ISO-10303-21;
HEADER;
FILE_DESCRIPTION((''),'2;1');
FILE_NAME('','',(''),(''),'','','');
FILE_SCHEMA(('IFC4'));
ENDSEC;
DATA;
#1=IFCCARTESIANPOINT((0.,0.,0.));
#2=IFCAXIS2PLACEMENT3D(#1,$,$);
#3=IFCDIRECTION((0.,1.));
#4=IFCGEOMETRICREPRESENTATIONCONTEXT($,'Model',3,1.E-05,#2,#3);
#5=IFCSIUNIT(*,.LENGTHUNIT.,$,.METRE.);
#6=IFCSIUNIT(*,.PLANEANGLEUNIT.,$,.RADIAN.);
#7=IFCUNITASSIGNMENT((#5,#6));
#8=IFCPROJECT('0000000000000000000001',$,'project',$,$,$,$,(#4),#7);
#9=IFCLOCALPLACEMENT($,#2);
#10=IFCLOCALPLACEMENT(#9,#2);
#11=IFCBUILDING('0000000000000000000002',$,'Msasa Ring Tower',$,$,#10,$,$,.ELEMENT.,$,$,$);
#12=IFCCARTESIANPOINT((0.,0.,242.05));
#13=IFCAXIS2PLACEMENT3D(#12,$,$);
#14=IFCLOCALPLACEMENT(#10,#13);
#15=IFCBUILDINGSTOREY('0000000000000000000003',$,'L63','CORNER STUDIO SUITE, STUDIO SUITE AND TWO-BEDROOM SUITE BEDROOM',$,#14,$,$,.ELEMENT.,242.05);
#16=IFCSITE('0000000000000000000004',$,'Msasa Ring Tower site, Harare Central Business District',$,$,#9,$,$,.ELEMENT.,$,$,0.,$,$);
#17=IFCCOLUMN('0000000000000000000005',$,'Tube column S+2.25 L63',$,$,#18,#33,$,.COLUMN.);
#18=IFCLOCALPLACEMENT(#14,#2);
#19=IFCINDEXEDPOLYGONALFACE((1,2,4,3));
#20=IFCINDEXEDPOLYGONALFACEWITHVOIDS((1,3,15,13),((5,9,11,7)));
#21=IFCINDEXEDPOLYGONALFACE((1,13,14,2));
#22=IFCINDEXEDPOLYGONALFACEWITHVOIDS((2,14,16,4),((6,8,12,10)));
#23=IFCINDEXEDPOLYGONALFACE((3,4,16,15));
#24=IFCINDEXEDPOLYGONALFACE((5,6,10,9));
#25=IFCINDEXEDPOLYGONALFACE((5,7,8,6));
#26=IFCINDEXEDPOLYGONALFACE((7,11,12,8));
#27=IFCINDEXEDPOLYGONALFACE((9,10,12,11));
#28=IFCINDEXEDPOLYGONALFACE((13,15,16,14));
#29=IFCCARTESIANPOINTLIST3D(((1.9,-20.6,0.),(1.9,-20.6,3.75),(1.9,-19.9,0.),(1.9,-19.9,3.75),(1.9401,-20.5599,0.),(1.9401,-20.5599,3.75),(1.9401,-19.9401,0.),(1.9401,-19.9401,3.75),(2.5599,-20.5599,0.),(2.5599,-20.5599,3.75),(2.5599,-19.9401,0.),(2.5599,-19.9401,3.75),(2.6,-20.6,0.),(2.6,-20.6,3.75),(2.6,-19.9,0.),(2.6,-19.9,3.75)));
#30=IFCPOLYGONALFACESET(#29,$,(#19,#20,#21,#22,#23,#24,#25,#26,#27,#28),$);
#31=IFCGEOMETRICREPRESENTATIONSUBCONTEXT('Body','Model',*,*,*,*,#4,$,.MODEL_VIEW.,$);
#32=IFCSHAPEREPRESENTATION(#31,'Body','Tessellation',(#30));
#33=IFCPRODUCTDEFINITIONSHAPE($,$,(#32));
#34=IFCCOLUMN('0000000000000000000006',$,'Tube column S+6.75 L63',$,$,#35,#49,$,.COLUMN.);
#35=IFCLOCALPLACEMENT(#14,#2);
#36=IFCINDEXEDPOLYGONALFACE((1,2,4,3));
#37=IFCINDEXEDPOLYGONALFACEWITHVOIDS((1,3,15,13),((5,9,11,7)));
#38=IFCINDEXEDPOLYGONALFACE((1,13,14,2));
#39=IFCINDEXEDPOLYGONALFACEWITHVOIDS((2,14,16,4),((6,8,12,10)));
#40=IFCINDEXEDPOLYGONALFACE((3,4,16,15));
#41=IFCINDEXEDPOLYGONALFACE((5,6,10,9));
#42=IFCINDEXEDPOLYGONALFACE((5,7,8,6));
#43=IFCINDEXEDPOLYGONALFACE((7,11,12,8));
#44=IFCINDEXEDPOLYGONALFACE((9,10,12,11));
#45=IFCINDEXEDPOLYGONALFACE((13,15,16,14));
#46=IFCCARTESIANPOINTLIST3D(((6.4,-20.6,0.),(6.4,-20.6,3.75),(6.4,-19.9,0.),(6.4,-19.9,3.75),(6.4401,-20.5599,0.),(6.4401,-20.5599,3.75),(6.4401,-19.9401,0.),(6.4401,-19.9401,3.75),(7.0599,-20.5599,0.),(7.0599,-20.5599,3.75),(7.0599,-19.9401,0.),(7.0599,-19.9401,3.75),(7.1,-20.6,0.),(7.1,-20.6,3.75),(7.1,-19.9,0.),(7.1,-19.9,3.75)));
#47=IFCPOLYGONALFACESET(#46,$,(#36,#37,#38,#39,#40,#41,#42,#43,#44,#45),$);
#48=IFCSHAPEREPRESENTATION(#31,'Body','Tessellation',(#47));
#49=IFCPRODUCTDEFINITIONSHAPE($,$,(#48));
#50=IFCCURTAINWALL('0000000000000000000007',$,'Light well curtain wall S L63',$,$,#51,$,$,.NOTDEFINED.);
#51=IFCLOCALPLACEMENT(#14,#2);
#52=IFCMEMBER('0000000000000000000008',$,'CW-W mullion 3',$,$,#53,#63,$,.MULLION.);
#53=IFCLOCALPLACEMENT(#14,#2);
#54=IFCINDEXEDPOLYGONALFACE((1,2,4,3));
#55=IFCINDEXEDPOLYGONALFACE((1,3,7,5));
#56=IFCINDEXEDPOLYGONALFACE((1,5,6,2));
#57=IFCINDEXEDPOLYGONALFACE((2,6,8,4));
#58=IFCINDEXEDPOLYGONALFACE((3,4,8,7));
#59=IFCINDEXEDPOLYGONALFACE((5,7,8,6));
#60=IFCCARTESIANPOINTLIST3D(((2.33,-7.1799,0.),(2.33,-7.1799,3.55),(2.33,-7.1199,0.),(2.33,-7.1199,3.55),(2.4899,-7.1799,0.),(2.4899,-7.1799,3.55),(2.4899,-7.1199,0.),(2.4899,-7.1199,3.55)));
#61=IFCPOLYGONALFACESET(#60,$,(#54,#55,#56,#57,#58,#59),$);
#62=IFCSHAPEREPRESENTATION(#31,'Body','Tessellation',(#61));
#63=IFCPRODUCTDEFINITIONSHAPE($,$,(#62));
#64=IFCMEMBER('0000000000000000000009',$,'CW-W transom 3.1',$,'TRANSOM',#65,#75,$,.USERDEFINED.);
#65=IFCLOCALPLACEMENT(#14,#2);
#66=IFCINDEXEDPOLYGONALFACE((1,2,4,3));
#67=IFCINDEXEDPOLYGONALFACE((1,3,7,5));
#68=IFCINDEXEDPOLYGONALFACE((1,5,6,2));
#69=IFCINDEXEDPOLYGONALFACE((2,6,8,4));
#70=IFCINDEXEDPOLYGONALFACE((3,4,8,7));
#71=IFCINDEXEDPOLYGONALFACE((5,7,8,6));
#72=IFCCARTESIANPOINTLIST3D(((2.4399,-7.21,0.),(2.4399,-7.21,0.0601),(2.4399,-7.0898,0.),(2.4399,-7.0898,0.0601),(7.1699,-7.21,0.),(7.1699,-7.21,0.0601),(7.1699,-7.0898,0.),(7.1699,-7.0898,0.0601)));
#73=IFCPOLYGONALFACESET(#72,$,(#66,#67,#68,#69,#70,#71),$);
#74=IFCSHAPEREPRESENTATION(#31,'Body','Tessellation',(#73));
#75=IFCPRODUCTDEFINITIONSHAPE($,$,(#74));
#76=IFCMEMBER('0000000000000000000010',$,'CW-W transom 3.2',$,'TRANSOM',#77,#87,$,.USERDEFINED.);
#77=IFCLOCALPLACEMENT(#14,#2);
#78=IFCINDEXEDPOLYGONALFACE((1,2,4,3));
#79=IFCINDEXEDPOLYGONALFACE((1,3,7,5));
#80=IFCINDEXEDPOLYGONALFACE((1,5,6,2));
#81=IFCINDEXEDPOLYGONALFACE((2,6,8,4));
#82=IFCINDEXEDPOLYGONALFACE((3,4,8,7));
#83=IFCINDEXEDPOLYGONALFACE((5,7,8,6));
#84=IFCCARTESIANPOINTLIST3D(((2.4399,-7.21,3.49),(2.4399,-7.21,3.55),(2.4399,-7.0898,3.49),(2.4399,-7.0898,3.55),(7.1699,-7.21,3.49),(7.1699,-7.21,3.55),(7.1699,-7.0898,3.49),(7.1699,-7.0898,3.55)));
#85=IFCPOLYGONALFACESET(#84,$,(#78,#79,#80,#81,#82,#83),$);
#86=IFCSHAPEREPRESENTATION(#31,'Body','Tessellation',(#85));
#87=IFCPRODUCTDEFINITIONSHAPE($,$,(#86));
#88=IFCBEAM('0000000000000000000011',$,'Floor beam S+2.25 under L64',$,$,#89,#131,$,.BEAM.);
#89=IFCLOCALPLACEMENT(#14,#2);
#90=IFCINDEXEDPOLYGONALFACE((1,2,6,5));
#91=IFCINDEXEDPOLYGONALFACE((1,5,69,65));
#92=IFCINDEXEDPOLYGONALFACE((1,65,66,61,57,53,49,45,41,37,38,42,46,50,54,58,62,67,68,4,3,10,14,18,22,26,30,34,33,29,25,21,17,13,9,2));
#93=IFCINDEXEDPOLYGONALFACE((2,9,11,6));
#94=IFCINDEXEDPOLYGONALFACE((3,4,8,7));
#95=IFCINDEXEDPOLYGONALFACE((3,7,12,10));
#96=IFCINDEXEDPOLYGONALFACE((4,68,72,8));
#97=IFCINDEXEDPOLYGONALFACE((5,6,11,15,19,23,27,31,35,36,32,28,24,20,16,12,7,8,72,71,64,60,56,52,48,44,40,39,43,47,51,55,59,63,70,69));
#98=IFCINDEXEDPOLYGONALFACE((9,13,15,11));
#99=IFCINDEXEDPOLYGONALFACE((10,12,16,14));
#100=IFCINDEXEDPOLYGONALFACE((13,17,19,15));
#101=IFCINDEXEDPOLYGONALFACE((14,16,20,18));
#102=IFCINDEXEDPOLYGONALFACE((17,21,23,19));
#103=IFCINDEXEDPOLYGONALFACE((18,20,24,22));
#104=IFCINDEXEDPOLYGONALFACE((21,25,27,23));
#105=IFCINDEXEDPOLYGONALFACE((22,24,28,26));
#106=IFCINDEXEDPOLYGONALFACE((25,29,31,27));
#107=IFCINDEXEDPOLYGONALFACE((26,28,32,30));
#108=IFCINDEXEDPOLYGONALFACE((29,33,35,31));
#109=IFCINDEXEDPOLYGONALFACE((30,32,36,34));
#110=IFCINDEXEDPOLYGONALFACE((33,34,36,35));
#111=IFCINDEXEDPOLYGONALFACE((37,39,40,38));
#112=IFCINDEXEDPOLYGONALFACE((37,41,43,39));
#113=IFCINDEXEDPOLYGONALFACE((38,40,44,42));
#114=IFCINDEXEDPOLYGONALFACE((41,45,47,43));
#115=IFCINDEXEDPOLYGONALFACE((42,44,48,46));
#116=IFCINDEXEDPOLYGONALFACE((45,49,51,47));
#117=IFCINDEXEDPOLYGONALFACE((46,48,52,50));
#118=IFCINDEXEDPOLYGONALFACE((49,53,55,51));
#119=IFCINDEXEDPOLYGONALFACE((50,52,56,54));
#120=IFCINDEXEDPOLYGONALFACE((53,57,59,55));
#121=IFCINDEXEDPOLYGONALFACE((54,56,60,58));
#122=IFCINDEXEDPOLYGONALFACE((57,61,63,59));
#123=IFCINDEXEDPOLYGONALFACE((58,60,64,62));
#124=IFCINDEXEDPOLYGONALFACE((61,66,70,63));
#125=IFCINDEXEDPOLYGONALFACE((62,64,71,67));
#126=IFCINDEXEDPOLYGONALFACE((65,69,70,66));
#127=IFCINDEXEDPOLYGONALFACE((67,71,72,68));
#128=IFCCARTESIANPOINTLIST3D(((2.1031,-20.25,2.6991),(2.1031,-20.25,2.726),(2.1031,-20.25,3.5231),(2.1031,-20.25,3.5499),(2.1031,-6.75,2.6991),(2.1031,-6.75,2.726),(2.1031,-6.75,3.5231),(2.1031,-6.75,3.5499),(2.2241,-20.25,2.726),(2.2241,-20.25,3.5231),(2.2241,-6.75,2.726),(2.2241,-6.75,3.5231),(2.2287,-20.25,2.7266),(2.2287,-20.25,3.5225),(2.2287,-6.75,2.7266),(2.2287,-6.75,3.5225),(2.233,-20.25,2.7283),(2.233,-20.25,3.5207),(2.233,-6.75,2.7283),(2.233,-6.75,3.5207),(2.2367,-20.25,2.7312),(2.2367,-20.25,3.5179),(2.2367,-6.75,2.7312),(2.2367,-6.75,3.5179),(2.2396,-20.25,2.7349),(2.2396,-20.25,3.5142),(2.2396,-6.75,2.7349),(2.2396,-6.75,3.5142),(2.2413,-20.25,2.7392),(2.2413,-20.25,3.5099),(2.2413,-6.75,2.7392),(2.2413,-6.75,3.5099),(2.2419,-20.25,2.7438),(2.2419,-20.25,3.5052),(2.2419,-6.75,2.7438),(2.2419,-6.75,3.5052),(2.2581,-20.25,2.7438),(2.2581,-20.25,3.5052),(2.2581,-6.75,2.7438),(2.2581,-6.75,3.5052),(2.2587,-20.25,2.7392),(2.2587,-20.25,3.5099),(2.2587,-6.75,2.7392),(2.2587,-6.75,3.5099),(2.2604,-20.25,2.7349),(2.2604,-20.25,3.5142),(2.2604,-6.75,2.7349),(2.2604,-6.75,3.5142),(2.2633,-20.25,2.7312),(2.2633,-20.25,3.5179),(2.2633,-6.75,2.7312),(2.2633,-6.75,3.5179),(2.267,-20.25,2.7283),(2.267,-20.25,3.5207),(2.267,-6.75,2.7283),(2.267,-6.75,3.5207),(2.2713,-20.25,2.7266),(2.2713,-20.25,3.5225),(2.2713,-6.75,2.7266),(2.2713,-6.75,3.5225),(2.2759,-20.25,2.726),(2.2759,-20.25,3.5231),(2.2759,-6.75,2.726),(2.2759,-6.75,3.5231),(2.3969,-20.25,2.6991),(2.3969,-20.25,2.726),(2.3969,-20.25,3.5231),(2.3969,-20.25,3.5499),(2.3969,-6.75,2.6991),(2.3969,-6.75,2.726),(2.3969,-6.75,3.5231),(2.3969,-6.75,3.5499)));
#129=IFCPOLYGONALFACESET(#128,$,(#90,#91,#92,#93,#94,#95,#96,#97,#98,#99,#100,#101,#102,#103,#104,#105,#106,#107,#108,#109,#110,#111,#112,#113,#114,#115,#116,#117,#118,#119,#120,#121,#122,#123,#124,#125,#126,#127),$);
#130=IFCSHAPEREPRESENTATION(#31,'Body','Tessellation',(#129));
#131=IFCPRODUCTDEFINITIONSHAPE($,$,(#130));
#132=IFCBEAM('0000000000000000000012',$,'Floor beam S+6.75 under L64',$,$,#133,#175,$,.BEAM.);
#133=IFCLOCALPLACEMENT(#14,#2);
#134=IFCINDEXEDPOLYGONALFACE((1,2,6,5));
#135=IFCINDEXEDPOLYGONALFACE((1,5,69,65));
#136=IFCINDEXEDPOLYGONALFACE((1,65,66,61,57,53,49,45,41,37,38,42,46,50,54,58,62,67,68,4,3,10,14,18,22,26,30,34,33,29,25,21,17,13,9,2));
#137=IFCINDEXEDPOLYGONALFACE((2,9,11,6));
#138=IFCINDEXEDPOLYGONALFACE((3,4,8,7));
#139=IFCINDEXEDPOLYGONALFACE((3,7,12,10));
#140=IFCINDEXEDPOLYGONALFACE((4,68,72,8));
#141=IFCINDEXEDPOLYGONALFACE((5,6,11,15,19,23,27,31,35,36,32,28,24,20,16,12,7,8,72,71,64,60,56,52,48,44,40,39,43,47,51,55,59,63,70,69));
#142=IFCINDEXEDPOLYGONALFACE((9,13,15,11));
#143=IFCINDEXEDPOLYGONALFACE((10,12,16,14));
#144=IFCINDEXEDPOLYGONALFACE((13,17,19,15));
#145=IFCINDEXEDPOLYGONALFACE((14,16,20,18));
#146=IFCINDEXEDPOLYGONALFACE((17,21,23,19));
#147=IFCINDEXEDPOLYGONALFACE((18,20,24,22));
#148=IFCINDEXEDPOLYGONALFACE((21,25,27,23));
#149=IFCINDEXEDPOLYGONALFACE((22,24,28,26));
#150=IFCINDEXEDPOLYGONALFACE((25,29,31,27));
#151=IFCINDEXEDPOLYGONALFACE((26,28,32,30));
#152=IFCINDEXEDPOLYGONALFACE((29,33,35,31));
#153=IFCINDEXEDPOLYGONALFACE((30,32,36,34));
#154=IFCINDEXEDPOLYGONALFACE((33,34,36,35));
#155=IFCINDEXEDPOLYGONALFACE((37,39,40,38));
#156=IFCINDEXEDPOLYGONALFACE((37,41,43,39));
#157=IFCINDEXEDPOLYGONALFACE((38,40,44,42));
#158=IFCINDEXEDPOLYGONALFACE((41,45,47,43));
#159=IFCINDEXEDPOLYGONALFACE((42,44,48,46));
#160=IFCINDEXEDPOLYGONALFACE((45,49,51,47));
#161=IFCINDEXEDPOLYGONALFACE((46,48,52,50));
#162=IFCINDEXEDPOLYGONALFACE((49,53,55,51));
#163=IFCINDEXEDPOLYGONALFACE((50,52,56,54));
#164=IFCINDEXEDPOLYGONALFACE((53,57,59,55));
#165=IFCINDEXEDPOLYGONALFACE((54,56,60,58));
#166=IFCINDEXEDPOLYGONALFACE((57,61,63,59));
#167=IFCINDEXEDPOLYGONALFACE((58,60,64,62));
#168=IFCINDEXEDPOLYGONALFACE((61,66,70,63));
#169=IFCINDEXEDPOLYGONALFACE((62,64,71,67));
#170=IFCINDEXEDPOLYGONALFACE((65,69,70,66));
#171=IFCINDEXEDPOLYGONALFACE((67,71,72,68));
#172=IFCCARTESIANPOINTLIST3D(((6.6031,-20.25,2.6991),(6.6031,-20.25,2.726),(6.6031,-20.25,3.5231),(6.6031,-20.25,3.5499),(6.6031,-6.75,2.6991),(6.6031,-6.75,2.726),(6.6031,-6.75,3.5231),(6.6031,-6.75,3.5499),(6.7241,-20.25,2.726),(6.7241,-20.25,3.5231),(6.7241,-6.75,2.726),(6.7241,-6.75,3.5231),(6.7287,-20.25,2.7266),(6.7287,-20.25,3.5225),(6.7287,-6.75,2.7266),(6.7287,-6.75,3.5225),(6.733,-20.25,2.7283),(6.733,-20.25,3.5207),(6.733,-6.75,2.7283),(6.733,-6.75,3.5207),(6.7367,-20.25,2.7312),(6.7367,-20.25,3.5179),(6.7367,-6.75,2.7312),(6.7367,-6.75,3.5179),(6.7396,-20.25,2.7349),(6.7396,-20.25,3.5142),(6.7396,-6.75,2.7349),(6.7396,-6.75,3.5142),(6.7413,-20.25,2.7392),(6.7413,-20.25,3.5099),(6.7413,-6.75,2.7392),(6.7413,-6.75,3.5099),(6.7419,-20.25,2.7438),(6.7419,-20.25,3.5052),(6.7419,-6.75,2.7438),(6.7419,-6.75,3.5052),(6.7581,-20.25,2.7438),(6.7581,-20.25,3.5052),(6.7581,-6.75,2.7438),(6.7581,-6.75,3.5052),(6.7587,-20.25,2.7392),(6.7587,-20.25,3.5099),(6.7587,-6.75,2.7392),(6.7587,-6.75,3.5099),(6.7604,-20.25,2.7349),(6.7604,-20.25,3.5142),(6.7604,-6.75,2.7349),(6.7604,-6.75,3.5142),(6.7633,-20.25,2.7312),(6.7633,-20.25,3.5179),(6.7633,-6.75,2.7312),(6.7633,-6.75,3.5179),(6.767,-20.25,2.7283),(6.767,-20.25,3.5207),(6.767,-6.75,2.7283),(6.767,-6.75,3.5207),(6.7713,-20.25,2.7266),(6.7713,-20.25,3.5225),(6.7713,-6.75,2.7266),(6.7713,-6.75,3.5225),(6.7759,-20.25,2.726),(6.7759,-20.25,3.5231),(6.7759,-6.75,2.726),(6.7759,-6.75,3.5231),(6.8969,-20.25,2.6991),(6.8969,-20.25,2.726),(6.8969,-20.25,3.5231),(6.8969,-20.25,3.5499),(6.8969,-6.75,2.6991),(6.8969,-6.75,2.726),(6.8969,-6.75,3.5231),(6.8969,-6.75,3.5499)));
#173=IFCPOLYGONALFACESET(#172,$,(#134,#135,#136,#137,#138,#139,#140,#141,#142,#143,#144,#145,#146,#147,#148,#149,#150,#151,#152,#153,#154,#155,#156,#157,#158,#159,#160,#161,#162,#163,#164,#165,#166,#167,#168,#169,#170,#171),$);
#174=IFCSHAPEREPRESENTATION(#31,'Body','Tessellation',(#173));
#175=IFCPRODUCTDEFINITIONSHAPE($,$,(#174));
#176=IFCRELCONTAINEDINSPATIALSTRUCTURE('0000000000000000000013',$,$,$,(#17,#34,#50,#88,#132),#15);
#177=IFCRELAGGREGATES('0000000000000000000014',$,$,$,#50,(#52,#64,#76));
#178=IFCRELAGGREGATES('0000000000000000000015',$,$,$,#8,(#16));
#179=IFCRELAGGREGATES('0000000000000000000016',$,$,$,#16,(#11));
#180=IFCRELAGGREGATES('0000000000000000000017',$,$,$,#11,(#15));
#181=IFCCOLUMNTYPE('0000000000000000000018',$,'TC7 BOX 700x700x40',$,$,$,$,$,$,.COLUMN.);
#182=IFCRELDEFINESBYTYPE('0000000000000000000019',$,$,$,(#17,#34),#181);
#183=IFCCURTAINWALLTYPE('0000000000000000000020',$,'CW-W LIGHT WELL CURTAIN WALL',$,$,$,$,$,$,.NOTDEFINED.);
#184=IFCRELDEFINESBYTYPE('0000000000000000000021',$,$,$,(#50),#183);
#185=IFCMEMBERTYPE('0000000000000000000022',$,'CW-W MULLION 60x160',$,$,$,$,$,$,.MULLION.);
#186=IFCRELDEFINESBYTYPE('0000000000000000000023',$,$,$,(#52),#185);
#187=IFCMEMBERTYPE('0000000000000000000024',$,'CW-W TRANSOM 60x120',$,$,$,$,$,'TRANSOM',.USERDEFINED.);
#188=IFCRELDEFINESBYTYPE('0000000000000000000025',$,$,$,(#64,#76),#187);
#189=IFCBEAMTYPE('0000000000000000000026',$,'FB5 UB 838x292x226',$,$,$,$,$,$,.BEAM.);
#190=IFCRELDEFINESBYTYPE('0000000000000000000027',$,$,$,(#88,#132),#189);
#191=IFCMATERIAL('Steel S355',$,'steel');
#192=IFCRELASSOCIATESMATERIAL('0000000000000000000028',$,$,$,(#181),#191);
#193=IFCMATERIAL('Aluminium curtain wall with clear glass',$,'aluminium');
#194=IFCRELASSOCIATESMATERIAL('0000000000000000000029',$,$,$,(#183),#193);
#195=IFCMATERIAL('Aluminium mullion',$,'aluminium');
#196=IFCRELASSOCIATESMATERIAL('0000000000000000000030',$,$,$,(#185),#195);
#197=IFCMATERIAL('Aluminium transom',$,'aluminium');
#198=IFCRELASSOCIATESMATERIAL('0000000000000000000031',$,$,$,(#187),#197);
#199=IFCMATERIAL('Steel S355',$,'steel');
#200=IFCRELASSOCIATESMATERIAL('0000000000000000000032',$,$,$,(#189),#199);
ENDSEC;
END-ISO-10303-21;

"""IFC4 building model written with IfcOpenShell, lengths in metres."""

from ifc_helpers import new_model, si_unit, direction, frame, origin, origin_2d, place, context, subcontext, project, spatial, rectangle, hollow_rectangle, i_section, extrude, material, material_profile, profile_set, type_object, element, aggregate, save


model = new_model("IFC4")

# Units and contexts
model_context = context("Model", 3, precision=1e-05, world=origin(), true_north=direction((0.0, 1.0)))
body_context = subcontext(model_context, "Body", "Model", "MODEL_VIEW")
ifc_project = project(units=[si_unit("LENGTHUNIT", "METRE"), si_unit("PLANEANGLEUNIT", "RADIAN")], contexts=[model_context])

# Site, building, storey
site_placement = place(None, origin())
site = spatial("IfcSite", under=ifc_project, at=site_placement, Name="Msasa Ring Tower site, Harare Central Business District", CompositionType="ELEMENT", RefElevation=0.0)
building_placement = place(site_placement, origin())
building = spatial("IfcBuilding", under=site, at=building_placement, Name="Msasa Ring Tower", CompositionType="ELEMENT")
storey_placement = place(building_placement, frame((0.0, 0.0, 242.05)))
storey = spatial("IfcBuildingStorey", under=building, at=storey_placement, Name="L63", Description="CORNER STUDIO SUITE, STUDIO SUITE AND TWO-BEDROOM SUITE BEDROOM", CompositionType="ELEMENT", Elevation=242.05)

# Columns
ifc_material_1 = material(Name="Steel S355", Category="steel")
ifc_material_profile_1 = material_profile(ifc_material_1, hollow_rectangle(XDim=0.7, YDim=0.7, WallThickness=0.04, at=origin_2d()), Name="BOX 700x700x40")
ifc_profile_set_1 = profile_set([ifc_material_profile_1], Name="Steel S355")
column_type = type_object("IfcColumnType", Name="TC7 BOX 700x700x40", PredefinedType="COLUMN", material=ifc_profile_set_1)
for number, where, z_axis, x_axis, name in (
    (1, (2.25, -20.25, 0.0), (0.0, 0.0, 1.0), (0.0, 1.0, 0.0), "Tube column S+2.25 L63"),
    (2, (6.75, -20.25, 0.0), (0.0, 0.0, 1.0), (0.0, 1.0, 0.0), "Tube column S+6.75 L63"),
):
    element("IfcColumn", number, at=place(storey_placement, frame(where, z_axis=z_axis, x_axis=x_axis)), inside=storey, type_object=column_type, Name=name, PredefinedType="COLUMN", context=body_context, shape_type="SweptSolid", body=[
        extrude(hollow_rectangle(XDim=0.7, YDim=0.7, WallThickness=0.04, at=origin_2d()), origin(), (0.0, 0.0, 1.0), 3.75),
    ])

# Curtain wall, members
ifc_material_2 = material(Name="Aluminium curtain wall with clear glass", Category="aluminium")
curtain_wall_type = type_object("IfcCurtainWallType", Name="CW-W LIGHT WELL CURTAIN WALL", PredefinedType="NOTDEFINED", material=ifc_material_2)
curtain_wall_placement = place(storey_placement, origin())
curtain_wall = element("IfcCurtainWall", 3, at=curtain_wall_placement, inside=storey, type_object=curtain_wall_type, Name="Light well curtain wall S L63", PredefinedType="NOTDEFINED")
ifc_material_3 = material(Name="Aluminium mullion", Category="aluminium")
ifc_material_profile_2 = material_profile(ifc_material_3, rectangle(XDim=0.0601, YDim=0.1599, at=origin_2d()), Name="AL 60x160")
ifc_profile_set_2 = profile_set([ifc_material_profile_2], Name="Aluminium mullion")
member_type_1 = type_object("IfcMemberType", Name="CW-W MULLION 60x160", PredefinedType="MULLION", material=ifc_profile_set_2)
member_1_placement = place(storey_placement, frame((2.4099, -7.1499, 0.0), z_axis=(0.0, 0.0, 1.0), x_axis=(0.0, 1.0, 0.0)))
member_1 = element("IfcMember", 4, at=member_1_placement, type_object=member_type_1, Name="CW-W mullion 3", PredefinedType="MULLION", context=body_context, shape_type="SweptSolid", body=[
    extrude(rectangle(XDim=0.0601, YDim=0.1599, at=origin_2d()), origin(), (0.0, 0.0, 1.0), 3.55),
])
ifc_material_4 = material(Name="Aluminium transom", Category="aluminium")
ifc_material_profile_3 = material_profile(ifc_material_4, rectangle(XDim=0.1201, YDim=0.0601, at=origin_2d()), Name="AL 60x120")
ifc_profile_set_3 = profile_set([ifc_material_profile_3], Name="Aluminium transom")
member_type_2 = type_object("IfcMemberType", Name="CW-W TRANSOM 60x120", ElementType="TRANSOM", PredefinedType="USERDEFINED", material=ifc_profile_set_3)
member_2_placement = place(storey_placement, frame((2.4399, -7.1499, 0.03), z_axis=(1.0, 0.0, 0.0), x_axis=(0.0, 1.0, 0.0)))
member_2 = element("IfcMember", 5, at=member_2_placement, type_object=member_type_2, Name="CW-W transom 3.1", ObjectType="TRANSOM", PredefinedType="USERDEFINED", context=body_context, shape_type="SweptSolid", body=[
    extrude(rectangle(XDim=0.1201, YDim=0.0601, at=origin_2d()), origin(), (0.0, 0.0, 1.0), 4.73),
])
member_3_placement = place(storey_placement, frame((2.4399, -7.1499, 3.52), z_axis=(1.0, 0.0, 0.0), x_axis=(0.0, 1.0, 0.0)))
member_3 = element("IfcMember", 6, at=member_3_placement, type_object=member_type_2, Name="CW-W transom 3.2", ObjectType="TRANSOM", PredefinedType="USERDEFINED", context=body_context, shape_type="SweptSolid", body=[
    extrude(rectangle(XDim=0.1201, YDim=0.0601, at=origin_2d()), origin(), (0.0, 0.0, 1.0), 4.73),
])

# Beams
ifc_material_5 = material(Name="Steel S355", Category="steel")
ifc_material_profile_4 = material_profile(ifc_material_5, i_section(OverallWidth=0.2937, OverallDepth=0.8508, WebThickness=0.0161, FlangeThickness=0.0269, FilletRadius=0.0178, at=origin_2d()), Name="UB 838x292x226")
ifc_profile_set_4 = profile_set([ifc_material_profile_4], Name="Steel S355")
beam_type_1 = type_object("IfcBeamType", Name="FB5 UB 838x292x226", PredefinedType="BEAM", material=ifc_profile_set_4)
for number, where, z_axis, x_axis, name in (
    (7, (2.25, -20.25, 3.1245), (0.0, 1.0, 0.0), (-1.0, 0.0, 0.0), "Floor beam S+2.25 under L64"),
    (8, (6.75, -20.25, 3.1245), (0.0, 1.0, 0.0), (-1.0, 0.0, 0.0), "Floor beam S+6.75 under L64"),
):
    element("IfcBeam", number, at=place(storey_placement, frame(where, z_axis=z_axis, x_axis=x_axis)), inside=storey, type_object=beam_type_1, Name=name, PredefinedType="BEAM", context=body_context, shape_type="SweptSolid", body=[
        extrude(i_section(OverallWidth=0.2937, OverallDepth=0.8508, WebThickness=0.0161, FlangeThickness=0.0269, FilletRadius=0.0178, at=origin_2d()), origin(), (0.0, 0.0, 1.0), 13.5),
    ])

aggregate(curtain_wall, [member_1, member_2, member_3])

save(model, "model.ifc")
